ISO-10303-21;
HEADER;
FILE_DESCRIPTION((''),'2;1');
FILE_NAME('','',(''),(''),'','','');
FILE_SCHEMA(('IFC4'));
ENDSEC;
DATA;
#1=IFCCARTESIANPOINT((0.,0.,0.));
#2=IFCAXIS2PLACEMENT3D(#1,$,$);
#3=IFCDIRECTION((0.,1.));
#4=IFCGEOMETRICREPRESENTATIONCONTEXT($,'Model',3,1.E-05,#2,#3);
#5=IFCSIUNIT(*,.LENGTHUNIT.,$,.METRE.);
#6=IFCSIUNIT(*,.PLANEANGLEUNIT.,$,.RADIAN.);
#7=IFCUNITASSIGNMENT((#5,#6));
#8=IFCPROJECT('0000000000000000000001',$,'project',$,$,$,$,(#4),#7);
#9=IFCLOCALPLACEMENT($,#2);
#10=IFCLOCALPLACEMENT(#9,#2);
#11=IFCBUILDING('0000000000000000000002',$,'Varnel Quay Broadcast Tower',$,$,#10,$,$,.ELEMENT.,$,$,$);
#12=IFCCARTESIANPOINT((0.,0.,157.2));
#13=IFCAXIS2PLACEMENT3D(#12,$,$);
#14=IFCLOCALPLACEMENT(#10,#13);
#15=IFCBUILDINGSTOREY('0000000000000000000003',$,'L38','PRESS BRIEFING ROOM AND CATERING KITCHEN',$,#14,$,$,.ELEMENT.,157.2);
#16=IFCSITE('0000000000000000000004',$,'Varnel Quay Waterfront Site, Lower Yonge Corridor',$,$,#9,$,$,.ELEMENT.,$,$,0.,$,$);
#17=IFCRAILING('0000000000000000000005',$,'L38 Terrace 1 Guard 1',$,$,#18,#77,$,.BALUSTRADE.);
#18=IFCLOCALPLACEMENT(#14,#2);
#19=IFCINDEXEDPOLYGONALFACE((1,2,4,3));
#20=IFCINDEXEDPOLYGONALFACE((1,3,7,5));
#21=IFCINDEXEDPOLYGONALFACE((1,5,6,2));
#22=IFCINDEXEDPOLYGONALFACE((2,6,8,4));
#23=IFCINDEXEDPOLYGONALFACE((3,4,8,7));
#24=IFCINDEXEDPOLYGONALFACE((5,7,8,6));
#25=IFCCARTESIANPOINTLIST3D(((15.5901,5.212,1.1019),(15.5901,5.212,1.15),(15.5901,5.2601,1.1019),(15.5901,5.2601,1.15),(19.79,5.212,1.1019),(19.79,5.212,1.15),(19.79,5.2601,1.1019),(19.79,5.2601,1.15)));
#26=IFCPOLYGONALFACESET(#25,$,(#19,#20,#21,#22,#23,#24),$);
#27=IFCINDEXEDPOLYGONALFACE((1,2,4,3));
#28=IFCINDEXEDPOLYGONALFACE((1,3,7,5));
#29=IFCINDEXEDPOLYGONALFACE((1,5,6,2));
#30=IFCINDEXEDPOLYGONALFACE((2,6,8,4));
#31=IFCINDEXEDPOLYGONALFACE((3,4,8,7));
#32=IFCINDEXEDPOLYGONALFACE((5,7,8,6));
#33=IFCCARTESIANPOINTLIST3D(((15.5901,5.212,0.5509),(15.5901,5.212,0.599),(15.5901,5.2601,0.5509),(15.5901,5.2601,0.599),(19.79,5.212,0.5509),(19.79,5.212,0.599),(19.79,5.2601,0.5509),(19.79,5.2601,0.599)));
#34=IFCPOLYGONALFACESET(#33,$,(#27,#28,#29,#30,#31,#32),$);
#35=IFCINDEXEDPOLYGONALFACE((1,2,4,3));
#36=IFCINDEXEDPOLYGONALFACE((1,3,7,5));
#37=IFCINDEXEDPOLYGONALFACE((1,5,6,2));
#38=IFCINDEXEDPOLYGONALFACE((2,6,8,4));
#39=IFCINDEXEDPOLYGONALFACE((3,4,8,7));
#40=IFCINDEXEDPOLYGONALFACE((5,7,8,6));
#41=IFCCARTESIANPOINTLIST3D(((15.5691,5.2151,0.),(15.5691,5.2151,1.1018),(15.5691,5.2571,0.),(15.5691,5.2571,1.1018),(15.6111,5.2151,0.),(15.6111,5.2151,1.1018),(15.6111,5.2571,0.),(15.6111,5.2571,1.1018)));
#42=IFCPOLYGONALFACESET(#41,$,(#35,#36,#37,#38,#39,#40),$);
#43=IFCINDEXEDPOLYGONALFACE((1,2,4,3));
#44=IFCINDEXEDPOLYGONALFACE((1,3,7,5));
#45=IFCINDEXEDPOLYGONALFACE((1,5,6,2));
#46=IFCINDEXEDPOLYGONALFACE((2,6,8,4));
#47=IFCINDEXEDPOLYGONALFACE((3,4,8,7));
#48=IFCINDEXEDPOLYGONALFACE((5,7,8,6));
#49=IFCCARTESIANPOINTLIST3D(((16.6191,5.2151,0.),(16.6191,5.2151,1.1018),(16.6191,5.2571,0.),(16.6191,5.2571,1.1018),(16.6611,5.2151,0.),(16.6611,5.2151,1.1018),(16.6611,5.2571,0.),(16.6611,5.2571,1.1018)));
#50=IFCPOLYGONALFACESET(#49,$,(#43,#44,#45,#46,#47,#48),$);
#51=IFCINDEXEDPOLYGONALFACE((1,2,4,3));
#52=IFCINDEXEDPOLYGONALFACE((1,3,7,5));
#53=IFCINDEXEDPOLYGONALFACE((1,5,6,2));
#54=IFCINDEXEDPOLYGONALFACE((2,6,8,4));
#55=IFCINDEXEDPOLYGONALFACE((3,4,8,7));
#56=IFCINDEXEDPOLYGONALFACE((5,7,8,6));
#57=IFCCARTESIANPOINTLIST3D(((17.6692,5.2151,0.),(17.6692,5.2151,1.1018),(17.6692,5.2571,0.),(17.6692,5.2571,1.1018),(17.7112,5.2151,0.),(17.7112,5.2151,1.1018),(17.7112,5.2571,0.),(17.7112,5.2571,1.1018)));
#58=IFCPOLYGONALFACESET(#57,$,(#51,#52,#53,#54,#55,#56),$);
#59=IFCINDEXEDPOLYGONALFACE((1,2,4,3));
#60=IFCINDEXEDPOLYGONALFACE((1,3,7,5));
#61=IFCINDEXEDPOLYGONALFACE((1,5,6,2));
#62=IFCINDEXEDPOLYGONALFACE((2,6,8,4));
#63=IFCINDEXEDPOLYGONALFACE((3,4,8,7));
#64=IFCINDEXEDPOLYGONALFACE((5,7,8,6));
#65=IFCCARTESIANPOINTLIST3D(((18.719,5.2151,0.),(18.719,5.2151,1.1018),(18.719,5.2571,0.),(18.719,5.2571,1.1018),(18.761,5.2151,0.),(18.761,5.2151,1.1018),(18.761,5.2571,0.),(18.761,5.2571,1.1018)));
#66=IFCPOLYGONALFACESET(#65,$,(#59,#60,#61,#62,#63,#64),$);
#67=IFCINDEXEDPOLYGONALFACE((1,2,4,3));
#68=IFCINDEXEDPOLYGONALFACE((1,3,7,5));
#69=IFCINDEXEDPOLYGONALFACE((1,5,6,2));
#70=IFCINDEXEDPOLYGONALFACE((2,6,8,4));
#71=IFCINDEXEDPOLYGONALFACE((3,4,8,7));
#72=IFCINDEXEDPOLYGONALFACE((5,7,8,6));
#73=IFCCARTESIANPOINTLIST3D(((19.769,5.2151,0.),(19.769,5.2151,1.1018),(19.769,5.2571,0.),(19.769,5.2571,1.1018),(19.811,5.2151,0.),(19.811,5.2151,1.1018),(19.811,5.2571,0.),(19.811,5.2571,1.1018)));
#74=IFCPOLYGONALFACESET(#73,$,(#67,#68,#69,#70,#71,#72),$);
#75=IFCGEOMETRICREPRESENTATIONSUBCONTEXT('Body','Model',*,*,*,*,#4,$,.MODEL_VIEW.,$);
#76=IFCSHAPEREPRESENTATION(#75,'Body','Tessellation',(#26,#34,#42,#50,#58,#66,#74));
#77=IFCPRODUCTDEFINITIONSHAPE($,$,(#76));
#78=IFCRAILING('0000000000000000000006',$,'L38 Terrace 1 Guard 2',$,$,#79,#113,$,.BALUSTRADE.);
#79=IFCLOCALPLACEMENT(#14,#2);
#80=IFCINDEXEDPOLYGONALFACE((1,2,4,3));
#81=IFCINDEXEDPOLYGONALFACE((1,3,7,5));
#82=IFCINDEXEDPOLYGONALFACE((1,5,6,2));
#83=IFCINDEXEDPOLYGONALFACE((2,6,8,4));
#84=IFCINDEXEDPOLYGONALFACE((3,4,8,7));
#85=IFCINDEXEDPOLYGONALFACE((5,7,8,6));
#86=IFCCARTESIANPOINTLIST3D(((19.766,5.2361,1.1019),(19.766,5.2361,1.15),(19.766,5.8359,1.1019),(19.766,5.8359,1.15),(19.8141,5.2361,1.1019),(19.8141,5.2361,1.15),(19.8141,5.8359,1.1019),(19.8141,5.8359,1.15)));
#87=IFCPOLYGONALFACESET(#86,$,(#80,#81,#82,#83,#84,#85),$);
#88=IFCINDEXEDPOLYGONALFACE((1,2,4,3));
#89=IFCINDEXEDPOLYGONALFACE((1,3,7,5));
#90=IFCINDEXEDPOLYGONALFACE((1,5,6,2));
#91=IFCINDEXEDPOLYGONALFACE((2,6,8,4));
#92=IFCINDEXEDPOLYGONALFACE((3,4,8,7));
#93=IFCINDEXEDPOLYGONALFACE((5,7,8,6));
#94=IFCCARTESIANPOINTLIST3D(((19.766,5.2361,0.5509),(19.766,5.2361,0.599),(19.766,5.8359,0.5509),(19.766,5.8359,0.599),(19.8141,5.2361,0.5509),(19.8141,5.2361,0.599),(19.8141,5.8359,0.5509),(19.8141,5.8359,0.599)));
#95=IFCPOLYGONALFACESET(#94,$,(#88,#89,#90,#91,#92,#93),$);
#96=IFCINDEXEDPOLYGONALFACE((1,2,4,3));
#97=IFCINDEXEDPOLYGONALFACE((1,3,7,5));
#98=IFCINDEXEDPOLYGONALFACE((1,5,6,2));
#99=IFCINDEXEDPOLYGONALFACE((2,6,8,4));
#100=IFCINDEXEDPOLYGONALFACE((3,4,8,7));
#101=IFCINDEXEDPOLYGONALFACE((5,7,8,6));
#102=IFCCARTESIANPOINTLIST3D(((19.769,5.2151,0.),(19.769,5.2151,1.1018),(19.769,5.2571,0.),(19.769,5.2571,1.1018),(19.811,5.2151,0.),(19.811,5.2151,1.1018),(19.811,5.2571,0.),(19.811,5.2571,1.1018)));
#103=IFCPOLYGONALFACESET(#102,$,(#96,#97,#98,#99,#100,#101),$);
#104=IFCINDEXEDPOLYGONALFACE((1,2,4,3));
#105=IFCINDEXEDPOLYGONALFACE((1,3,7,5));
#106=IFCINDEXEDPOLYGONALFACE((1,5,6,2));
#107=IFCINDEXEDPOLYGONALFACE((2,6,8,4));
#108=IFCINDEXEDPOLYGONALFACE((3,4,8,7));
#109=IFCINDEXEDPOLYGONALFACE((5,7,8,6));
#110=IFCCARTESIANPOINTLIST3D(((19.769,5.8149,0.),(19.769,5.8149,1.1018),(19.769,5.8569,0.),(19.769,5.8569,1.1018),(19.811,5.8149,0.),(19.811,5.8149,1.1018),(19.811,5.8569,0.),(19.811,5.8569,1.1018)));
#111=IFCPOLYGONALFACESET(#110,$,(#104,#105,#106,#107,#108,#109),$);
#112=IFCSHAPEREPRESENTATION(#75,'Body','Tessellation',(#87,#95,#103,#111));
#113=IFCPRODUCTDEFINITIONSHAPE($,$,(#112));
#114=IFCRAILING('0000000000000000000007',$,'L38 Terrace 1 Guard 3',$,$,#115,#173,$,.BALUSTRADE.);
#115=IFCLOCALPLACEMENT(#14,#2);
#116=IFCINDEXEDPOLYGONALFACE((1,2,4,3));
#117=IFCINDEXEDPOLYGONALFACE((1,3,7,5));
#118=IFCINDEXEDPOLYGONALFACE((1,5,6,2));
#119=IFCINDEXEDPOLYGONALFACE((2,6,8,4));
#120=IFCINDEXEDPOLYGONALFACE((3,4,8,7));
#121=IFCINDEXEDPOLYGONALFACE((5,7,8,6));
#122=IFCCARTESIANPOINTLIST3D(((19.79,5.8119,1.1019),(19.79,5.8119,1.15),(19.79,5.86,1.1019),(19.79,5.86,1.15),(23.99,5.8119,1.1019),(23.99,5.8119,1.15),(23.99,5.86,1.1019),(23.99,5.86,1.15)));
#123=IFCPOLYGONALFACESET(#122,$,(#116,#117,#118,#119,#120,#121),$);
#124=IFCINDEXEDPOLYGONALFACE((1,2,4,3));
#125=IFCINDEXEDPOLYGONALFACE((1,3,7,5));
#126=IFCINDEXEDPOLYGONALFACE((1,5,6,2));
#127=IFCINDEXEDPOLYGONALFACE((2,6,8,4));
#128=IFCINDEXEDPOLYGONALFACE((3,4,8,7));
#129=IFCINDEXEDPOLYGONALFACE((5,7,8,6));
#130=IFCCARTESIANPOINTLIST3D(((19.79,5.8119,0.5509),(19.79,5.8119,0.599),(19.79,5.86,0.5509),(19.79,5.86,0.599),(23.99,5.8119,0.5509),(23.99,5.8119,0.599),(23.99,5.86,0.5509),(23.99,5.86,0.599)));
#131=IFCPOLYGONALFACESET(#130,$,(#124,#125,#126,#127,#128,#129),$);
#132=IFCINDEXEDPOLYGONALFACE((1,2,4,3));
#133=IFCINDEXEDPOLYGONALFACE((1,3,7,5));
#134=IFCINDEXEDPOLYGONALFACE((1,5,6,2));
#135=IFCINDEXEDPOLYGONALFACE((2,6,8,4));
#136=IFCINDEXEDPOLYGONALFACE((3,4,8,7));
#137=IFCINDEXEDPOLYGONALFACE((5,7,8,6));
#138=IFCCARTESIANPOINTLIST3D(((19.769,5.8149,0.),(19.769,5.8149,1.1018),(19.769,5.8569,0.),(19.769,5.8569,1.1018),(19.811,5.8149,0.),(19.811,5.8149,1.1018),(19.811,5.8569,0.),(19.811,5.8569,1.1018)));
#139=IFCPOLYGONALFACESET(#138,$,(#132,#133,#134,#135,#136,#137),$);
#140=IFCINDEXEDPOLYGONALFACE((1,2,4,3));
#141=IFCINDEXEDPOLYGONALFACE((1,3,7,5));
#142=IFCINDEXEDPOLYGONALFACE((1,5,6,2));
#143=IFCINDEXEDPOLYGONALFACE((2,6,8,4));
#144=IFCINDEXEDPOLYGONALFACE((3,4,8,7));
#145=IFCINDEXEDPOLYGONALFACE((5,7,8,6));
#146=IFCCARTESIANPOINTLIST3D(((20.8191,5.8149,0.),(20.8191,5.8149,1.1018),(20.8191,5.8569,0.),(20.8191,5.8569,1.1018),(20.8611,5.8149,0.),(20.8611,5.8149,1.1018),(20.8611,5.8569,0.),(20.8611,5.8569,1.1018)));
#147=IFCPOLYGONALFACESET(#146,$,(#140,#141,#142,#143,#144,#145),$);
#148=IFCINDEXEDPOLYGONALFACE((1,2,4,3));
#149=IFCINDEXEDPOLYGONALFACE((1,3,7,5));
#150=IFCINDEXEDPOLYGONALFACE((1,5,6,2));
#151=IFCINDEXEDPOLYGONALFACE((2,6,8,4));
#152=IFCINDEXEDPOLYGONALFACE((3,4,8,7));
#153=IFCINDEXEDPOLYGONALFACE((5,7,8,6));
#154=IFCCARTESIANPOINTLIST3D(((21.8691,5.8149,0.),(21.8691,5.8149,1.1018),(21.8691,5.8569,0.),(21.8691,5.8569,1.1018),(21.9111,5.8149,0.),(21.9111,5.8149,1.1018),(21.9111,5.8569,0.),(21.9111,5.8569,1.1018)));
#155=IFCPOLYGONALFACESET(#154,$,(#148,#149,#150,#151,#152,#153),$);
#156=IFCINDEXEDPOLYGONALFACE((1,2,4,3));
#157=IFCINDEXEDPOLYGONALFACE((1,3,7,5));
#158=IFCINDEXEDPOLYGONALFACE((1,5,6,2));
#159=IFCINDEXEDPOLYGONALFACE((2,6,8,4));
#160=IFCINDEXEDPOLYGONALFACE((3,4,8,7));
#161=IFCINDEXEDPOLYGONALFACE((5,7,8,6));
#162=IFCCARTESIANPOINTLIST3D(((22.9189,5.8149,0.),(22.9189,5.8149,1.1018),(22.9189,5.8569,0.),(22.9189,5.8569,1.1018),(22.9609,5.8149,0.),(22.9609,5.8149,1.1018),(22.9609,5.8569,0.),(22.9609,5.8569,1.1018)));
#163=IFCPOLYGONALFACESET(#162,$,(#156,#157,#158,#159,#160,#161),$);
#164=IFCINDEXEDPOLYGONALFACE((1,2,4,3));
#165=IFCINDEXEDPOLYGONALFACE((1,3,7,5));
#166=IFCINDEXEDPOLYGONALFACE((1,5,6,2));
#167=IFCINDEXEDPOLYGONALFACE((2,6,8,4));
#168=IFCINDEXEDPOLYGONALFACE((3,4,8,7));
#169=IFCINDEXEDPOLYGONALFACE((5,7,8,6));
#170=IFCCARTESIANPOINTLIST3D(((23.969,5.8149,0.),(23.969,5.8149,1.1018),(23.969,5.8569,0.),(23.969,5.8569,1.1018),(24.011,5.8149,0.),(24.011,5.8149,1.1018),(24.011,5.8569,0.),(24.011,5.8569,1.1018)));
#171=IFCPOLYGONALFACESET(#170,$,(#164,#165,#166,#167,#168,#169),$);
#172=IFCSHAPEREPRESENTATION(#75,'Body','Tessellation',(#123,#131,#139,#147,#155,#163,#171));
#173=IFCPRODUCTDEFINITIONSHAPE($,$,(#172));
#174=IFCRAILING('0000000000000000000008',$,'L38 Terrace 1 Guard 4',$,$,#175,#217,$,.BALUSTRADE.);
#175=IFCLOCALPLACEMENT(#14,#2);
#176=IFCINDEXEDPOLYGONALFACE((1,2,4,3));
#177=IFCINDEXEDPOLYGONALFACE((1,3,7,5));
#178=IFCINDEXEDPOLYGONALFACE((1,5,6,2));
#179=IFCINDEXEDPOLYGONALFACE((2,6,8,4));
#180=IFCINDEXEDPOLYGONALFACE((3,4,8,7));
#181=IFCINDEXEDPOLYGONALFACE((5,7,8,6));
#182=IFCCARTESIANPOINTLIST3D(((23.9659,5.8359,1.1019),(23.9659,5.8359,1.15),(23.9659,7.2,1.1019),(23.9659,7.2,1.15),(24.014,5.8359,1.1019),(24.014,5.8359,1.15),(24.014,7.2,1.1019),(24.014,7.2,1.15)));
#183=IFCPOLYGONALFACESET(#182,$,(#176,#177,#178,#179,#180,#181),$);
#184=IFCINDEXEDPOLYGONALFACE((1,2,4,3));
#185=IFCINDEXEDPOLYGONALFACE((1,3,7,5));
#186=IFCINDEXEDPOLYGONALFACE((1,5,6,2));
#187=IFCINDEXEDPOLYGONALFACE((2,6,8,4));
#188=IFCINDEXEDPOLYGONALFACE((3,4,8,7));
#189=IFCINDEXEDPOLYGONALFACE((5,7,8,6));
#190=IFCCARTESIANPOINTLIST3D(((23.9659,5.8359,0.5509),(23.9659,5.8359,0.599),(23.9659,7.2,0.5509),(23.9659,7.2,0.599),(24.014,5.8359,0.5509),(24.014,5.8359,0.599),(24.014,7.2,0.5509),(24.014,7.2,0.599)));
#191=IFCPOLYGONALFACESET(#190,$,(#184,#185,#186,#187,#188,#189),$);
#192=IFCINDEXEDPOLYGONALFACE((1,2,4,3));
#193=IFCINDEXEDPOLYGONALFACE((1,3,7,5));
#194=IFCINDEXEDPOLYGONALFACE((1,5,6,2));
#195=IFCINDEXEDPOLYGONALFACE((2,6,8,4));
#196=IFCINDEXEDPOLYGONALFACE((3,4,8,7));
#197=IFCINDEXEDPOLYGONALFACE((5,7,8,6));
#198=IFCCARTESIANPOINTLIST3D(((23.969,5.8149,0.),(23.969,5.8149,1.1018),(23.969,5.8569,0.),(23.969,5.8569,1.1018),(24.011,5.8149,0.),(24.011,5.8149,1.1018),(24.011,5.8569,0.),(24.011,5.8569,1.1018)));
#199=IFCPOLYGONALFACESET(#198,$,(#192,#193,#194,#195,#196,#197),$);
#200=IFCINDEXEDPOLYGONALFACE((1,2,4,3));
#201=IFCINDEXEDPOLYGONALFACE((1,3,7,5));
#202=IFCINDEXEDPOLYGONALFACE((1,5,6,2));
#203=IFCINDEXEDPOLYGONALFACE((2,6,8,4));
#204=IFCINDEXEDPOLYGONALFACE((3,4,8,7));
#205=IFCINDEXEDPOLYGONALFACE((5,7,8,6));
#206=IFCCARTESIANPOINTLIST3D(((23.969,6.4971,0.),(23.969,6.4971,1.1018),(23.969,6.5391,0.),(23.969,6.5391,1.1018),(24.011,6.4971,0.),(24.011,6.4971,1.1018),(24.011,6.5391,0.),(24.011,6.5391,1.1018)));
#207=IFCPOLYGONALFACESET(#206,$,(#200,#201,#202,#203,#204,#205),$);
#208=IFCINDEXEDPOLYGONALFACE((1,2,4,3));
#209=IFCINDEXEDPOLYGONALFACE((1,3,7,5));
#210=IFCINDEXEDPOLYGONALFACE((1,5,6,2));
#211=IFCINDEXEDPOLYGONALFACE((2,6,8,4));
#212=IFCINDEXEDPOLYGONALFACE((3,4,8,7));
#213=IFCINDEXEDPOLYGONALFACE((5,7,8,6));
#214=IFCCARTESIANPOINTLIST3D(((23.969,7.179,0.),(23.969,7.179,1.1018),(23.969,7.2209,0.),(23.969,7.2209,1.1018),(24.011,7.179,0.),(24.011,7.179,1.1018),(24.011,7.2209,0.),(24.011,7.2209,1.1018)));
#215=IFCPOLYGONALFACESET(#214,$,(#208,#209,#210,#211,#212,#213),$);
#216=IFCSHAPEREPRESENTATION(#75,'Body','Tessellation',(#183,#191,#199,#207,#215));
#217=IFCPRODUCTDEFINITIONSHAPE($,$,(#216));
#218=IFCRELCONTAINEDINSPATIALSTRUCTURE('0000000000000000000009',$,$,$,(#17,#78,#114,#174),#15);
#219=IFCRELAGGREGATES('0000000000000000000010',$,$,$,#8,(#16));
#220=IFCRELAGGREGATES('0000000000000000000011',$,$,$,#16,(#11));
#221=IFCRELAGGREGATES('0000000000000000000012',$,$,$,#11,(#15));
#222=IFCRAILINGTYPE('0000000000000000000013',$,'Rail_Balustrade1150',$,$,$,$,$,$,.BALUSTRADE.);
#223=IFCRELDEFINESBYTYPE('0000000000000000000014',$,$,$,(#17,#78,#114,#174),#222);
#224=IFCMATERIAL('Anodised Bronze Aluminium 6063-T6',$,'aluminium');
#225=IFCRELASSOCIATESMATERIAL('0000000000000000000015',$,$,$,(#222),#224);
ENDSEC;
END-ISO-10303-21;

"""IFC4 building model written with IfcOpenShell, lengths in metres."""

from ifc_helpers import new_model, si_unit, direction, frame, origin, origin_2d, place, context, subcontext, project, spatial, rectangle, extrude, material, type_object, element, save


model = new_model("IFC4")

# Units and contexts
model_context = context("Model", 3, precision=1e-05, world=origin(), true_north=direction((0.0, 1.0)))
body_context = subcontext(model_context, "Body", "Model", "MODEL_VIEW")
ifc_project = project(units=[si_unit("LENGTHUNIT", "METRE"), si_unit("PLANEANGLEUNIT", "RADIAN")], contexts=[model_context])

# Site, building, storey
site_placement = place(None, origin())
site = spatial("IfcSite", under=ifc_project, at=site_placement, Name="Varnel Quay Waterfront Site, Lower Yonge Corridor", CompositionType="ELEMENT", RefElevation=0.0)
building_placement = place(site_placement, origin())
building = spatial("IfcBuilding", under=site, at=building_placement, Name="Varnel Quay Broadcast Tower", CompositionType="ELEMENT")
storey_placement = place(building_placement, frame((0.0, 0.0, 157.2)))
storey = spatial("IfcBuildingStorey", under=building, at=storey_placement, Name="L38", Description="PRESS BRIEFING ROOM AND CATERING KITCHEN", CompositionType="ELEMENT", Elevation=157.2)

# Shared definitions
ifc_material_1 = material(Name="Anodised Bronze Aluminium 6063-T6", Category="aluminium")

# Railings
railing_type = type_object("IfcRailingType", Name="Rail_Balustrade1150", PredefinedType="BALUSTRADE", material=ifc_material_1)
railing_1_placement = place(storey_placement, frame((15.5901, 5.2361, 0.0)))
element("IfcRailing", 1, at=railing_1_placement, inside=storey, type_object=railing_type, Name="L38 Terrace 1 Guard 1", PredefinedType="BALUSTRADE", context=body_context, shape_type="SweptSolid", body=[
    extrude(rectangle(XDim=0.0481, YDim=0.0481, at=origin_2d()), frame((0.0, 0.0, 1.126), z_axis=(1.0, 0.0, 0.0), x_axis=(0.0, 1.0, 0.0)), (0.0, 0.0, 1.0), 4.2),
    extrude(rectangle(XDim=0.0481, YDim=0.0481, at=origin_2d()), frame((0.0, 0.0, 0.575), z_axis=(1.0, 0.0, 0.0), x_axis=(0.0, 1.0, 0.0)), (0.0, 0.0, 1.0), 4.2),
    extrude(rectangle(XDim=0.042, YDim=0.042, at=origin_2d()), origin(), (0.0, 0.0, 1.0), 1.1018),
    extrude(rectangle(XDim=0.042, YDim=0.042, at=origin_2d()), frame((1.05, 0.0, 0.0)), (0.0, 0.0, 1.0), 1.1018),
    extrude(rectangle(XDim=0.042, YDim=0.042, at=origin_2d()), frame((2.1001, 0.0, 0.0)), (0.0, 0.0, 1.0), 1.1018),
    extrude(rectangle(XDim=0.042, YDim=0.042, at=origin_2d()), frame((3.1499, 0.0, 0.0)), (0.0, 0.0, 1.0), 1.1018),
    extrude(rectangle(XDim=0.042, YDim=0.042, at=origin_2d()), frame((4.2, 0.0, 0.0)), (0.0, 0.0, 1.0), 1.1018),
])
railing_2_placement = place(storey_placement, frame((19.79, 5.2361, 0.0)))
element("IfcRailing", 2, at=railing_2_placement, inside=storey, type_object=railing_type, Name="L38 Terrace 1 Guard 2", PredefinedType="BALUSTRADE", context=body_context, shape_type="SweptSolid", body=[
    extrude(rectangle(XDim=0.0481, YDim=0.0481, at=origin_2d()), frame((0.0, 0.0, 1.126), z_axis=(0.0, 1.0, 0.0), x_axis=(-1.0, 0.0, 0.0)), (0.0, 0.0, 1.0), 0.5999),
    extrude(rectangle(XDim=0.0481, YDim=0.0481, at=origin_2d()), frame((0.0, 0.0, 0.575), z_axis=(0.0, 1.0, 0.0), x_axis=(-1.0, 0.0, 0.0)), (0.0, 0.0, 1.0), 0.5999),
    extrude(rectangle(XDim=0.042, YDim=0.042, at=origin_2d()), origin(), (0.0, 0.0, 1.0), 1.1018),
    extrude(rectangle(XDim=0.042, YDim=0.042, at=origin_2d()), frame((0.0, 0.5999, 0.0)), (0.0, 0.0, 1.0), 1.1018),
])
railing_3_placement = place(storey_placement, frame((19.79, 5.8359, 0.0)))
element("IfcRailing", 3, at=railing_3_placement, inside=storey, type_object=railing_type, Name="L38 Terrace 1 Guard 3", PredefinedType="BALUSTRADE", context=body_context, shape_type="SweptSolid", body=[
    extrude(rectangle(XDim=0.0481, YDim=0.0481, at=origin_2d()), frame((0.0, 0.0, 1.126), z_axis=(1.0, 0.0, 0.0), x_axis=(0.0, 1.0, 0.0)), (0.0, 0.0, 1.0), 4.2),
    extrude(rectangle(XDim=0.0481, YDim=0.0481, at=origin_2d()), frame((0.0, 0.0, 0.575), z_axis=(1.0, 0.0, 0.0), x_axis=(0.0, 1.0, 0.0)), (0.0, 0.0, 1.0), 4.2),
    extrude(rectangle(XDim=0.042, YDim=0.042, at=origin_2d()), origin(), (0.0, 0.0, 1.0), 1.1018),
    extrude(rectangle(XDim=0.042, YDim=0.042, at=origin_2d()), frame((1.05, 0.0, 0.0)), (0.0, 0.0, 1.0), 1.1018),
    extrude(rectangle(XDim=0.042, YDim=0.042, at=origin_2d()), frame((2.1001, 0.0, 0.0)), (0.0, 0.0, 1.0), 1.1018),
    extrude(rectangle(XDim=0.042, YDim=0.042, at=origin_2d()), frame((3.1499, 0.0, 0.0)), (0.0, 0.0, 1.0), 1.1018),
    extrude(rectangle(XDim=0.042, YDim=0.042, at=origin_2d()), frame((4.2, 0.0, 0.0)), (0.0, 0.0, 1.0), 1.1018),
])
railing_4_placement = place(storey_placement, frame((23.99, 5.8359, 0.0)))
element("IfcRailing", 4, at=railing_4_placement, inside=storey, type_object=railing_type, Name="L38 Terrace 1 Guard 4", PredefinedType="BALUSTRADE", context=body_context, shape_type="SweptSolid", body=[
    extrude(rectangle(XDim=0.0481, YDim=0.0481, at=origin_2d()), frame((0.0, 0.0, 1.126), z_axis=(0.0, 1.0, 0.0), x_axis=(-1.0, 0.0, 0.0)), (0.0, 0.0, 1.0), 1.364),
    extrude(rectangle(XDim=0.0481, YDim=0.0481, at=origin_2d()), frame((0.0, 0.0, 0.575), z_axis=(0.0, 1.0, 0.0), x_axis=(-1.0, 0.0, 0.0)), (0.0, 0.0, 1.0), 1.364),
    extrude(rectangle(XDim=0.042, YDim=0.042, at=origin_2d()), origin(), (0.0, 0.0, 1.0), 1.1018),
    extrude(rectangle(XDim=0.042, YDim=0.042, at=origin_2d()), frame((0.0, 0.6821, 0.0)), (0.0, 0.0, 1.0), 1.1018),
    extrude(rectangle(XDim=0.042, YDim=0.042, at=origin_2d()), frame((0.0, 1.364, 0.0)), (0.0, 0.0, 1.0), 1.1018),
])

save(model, "model.ifc")
